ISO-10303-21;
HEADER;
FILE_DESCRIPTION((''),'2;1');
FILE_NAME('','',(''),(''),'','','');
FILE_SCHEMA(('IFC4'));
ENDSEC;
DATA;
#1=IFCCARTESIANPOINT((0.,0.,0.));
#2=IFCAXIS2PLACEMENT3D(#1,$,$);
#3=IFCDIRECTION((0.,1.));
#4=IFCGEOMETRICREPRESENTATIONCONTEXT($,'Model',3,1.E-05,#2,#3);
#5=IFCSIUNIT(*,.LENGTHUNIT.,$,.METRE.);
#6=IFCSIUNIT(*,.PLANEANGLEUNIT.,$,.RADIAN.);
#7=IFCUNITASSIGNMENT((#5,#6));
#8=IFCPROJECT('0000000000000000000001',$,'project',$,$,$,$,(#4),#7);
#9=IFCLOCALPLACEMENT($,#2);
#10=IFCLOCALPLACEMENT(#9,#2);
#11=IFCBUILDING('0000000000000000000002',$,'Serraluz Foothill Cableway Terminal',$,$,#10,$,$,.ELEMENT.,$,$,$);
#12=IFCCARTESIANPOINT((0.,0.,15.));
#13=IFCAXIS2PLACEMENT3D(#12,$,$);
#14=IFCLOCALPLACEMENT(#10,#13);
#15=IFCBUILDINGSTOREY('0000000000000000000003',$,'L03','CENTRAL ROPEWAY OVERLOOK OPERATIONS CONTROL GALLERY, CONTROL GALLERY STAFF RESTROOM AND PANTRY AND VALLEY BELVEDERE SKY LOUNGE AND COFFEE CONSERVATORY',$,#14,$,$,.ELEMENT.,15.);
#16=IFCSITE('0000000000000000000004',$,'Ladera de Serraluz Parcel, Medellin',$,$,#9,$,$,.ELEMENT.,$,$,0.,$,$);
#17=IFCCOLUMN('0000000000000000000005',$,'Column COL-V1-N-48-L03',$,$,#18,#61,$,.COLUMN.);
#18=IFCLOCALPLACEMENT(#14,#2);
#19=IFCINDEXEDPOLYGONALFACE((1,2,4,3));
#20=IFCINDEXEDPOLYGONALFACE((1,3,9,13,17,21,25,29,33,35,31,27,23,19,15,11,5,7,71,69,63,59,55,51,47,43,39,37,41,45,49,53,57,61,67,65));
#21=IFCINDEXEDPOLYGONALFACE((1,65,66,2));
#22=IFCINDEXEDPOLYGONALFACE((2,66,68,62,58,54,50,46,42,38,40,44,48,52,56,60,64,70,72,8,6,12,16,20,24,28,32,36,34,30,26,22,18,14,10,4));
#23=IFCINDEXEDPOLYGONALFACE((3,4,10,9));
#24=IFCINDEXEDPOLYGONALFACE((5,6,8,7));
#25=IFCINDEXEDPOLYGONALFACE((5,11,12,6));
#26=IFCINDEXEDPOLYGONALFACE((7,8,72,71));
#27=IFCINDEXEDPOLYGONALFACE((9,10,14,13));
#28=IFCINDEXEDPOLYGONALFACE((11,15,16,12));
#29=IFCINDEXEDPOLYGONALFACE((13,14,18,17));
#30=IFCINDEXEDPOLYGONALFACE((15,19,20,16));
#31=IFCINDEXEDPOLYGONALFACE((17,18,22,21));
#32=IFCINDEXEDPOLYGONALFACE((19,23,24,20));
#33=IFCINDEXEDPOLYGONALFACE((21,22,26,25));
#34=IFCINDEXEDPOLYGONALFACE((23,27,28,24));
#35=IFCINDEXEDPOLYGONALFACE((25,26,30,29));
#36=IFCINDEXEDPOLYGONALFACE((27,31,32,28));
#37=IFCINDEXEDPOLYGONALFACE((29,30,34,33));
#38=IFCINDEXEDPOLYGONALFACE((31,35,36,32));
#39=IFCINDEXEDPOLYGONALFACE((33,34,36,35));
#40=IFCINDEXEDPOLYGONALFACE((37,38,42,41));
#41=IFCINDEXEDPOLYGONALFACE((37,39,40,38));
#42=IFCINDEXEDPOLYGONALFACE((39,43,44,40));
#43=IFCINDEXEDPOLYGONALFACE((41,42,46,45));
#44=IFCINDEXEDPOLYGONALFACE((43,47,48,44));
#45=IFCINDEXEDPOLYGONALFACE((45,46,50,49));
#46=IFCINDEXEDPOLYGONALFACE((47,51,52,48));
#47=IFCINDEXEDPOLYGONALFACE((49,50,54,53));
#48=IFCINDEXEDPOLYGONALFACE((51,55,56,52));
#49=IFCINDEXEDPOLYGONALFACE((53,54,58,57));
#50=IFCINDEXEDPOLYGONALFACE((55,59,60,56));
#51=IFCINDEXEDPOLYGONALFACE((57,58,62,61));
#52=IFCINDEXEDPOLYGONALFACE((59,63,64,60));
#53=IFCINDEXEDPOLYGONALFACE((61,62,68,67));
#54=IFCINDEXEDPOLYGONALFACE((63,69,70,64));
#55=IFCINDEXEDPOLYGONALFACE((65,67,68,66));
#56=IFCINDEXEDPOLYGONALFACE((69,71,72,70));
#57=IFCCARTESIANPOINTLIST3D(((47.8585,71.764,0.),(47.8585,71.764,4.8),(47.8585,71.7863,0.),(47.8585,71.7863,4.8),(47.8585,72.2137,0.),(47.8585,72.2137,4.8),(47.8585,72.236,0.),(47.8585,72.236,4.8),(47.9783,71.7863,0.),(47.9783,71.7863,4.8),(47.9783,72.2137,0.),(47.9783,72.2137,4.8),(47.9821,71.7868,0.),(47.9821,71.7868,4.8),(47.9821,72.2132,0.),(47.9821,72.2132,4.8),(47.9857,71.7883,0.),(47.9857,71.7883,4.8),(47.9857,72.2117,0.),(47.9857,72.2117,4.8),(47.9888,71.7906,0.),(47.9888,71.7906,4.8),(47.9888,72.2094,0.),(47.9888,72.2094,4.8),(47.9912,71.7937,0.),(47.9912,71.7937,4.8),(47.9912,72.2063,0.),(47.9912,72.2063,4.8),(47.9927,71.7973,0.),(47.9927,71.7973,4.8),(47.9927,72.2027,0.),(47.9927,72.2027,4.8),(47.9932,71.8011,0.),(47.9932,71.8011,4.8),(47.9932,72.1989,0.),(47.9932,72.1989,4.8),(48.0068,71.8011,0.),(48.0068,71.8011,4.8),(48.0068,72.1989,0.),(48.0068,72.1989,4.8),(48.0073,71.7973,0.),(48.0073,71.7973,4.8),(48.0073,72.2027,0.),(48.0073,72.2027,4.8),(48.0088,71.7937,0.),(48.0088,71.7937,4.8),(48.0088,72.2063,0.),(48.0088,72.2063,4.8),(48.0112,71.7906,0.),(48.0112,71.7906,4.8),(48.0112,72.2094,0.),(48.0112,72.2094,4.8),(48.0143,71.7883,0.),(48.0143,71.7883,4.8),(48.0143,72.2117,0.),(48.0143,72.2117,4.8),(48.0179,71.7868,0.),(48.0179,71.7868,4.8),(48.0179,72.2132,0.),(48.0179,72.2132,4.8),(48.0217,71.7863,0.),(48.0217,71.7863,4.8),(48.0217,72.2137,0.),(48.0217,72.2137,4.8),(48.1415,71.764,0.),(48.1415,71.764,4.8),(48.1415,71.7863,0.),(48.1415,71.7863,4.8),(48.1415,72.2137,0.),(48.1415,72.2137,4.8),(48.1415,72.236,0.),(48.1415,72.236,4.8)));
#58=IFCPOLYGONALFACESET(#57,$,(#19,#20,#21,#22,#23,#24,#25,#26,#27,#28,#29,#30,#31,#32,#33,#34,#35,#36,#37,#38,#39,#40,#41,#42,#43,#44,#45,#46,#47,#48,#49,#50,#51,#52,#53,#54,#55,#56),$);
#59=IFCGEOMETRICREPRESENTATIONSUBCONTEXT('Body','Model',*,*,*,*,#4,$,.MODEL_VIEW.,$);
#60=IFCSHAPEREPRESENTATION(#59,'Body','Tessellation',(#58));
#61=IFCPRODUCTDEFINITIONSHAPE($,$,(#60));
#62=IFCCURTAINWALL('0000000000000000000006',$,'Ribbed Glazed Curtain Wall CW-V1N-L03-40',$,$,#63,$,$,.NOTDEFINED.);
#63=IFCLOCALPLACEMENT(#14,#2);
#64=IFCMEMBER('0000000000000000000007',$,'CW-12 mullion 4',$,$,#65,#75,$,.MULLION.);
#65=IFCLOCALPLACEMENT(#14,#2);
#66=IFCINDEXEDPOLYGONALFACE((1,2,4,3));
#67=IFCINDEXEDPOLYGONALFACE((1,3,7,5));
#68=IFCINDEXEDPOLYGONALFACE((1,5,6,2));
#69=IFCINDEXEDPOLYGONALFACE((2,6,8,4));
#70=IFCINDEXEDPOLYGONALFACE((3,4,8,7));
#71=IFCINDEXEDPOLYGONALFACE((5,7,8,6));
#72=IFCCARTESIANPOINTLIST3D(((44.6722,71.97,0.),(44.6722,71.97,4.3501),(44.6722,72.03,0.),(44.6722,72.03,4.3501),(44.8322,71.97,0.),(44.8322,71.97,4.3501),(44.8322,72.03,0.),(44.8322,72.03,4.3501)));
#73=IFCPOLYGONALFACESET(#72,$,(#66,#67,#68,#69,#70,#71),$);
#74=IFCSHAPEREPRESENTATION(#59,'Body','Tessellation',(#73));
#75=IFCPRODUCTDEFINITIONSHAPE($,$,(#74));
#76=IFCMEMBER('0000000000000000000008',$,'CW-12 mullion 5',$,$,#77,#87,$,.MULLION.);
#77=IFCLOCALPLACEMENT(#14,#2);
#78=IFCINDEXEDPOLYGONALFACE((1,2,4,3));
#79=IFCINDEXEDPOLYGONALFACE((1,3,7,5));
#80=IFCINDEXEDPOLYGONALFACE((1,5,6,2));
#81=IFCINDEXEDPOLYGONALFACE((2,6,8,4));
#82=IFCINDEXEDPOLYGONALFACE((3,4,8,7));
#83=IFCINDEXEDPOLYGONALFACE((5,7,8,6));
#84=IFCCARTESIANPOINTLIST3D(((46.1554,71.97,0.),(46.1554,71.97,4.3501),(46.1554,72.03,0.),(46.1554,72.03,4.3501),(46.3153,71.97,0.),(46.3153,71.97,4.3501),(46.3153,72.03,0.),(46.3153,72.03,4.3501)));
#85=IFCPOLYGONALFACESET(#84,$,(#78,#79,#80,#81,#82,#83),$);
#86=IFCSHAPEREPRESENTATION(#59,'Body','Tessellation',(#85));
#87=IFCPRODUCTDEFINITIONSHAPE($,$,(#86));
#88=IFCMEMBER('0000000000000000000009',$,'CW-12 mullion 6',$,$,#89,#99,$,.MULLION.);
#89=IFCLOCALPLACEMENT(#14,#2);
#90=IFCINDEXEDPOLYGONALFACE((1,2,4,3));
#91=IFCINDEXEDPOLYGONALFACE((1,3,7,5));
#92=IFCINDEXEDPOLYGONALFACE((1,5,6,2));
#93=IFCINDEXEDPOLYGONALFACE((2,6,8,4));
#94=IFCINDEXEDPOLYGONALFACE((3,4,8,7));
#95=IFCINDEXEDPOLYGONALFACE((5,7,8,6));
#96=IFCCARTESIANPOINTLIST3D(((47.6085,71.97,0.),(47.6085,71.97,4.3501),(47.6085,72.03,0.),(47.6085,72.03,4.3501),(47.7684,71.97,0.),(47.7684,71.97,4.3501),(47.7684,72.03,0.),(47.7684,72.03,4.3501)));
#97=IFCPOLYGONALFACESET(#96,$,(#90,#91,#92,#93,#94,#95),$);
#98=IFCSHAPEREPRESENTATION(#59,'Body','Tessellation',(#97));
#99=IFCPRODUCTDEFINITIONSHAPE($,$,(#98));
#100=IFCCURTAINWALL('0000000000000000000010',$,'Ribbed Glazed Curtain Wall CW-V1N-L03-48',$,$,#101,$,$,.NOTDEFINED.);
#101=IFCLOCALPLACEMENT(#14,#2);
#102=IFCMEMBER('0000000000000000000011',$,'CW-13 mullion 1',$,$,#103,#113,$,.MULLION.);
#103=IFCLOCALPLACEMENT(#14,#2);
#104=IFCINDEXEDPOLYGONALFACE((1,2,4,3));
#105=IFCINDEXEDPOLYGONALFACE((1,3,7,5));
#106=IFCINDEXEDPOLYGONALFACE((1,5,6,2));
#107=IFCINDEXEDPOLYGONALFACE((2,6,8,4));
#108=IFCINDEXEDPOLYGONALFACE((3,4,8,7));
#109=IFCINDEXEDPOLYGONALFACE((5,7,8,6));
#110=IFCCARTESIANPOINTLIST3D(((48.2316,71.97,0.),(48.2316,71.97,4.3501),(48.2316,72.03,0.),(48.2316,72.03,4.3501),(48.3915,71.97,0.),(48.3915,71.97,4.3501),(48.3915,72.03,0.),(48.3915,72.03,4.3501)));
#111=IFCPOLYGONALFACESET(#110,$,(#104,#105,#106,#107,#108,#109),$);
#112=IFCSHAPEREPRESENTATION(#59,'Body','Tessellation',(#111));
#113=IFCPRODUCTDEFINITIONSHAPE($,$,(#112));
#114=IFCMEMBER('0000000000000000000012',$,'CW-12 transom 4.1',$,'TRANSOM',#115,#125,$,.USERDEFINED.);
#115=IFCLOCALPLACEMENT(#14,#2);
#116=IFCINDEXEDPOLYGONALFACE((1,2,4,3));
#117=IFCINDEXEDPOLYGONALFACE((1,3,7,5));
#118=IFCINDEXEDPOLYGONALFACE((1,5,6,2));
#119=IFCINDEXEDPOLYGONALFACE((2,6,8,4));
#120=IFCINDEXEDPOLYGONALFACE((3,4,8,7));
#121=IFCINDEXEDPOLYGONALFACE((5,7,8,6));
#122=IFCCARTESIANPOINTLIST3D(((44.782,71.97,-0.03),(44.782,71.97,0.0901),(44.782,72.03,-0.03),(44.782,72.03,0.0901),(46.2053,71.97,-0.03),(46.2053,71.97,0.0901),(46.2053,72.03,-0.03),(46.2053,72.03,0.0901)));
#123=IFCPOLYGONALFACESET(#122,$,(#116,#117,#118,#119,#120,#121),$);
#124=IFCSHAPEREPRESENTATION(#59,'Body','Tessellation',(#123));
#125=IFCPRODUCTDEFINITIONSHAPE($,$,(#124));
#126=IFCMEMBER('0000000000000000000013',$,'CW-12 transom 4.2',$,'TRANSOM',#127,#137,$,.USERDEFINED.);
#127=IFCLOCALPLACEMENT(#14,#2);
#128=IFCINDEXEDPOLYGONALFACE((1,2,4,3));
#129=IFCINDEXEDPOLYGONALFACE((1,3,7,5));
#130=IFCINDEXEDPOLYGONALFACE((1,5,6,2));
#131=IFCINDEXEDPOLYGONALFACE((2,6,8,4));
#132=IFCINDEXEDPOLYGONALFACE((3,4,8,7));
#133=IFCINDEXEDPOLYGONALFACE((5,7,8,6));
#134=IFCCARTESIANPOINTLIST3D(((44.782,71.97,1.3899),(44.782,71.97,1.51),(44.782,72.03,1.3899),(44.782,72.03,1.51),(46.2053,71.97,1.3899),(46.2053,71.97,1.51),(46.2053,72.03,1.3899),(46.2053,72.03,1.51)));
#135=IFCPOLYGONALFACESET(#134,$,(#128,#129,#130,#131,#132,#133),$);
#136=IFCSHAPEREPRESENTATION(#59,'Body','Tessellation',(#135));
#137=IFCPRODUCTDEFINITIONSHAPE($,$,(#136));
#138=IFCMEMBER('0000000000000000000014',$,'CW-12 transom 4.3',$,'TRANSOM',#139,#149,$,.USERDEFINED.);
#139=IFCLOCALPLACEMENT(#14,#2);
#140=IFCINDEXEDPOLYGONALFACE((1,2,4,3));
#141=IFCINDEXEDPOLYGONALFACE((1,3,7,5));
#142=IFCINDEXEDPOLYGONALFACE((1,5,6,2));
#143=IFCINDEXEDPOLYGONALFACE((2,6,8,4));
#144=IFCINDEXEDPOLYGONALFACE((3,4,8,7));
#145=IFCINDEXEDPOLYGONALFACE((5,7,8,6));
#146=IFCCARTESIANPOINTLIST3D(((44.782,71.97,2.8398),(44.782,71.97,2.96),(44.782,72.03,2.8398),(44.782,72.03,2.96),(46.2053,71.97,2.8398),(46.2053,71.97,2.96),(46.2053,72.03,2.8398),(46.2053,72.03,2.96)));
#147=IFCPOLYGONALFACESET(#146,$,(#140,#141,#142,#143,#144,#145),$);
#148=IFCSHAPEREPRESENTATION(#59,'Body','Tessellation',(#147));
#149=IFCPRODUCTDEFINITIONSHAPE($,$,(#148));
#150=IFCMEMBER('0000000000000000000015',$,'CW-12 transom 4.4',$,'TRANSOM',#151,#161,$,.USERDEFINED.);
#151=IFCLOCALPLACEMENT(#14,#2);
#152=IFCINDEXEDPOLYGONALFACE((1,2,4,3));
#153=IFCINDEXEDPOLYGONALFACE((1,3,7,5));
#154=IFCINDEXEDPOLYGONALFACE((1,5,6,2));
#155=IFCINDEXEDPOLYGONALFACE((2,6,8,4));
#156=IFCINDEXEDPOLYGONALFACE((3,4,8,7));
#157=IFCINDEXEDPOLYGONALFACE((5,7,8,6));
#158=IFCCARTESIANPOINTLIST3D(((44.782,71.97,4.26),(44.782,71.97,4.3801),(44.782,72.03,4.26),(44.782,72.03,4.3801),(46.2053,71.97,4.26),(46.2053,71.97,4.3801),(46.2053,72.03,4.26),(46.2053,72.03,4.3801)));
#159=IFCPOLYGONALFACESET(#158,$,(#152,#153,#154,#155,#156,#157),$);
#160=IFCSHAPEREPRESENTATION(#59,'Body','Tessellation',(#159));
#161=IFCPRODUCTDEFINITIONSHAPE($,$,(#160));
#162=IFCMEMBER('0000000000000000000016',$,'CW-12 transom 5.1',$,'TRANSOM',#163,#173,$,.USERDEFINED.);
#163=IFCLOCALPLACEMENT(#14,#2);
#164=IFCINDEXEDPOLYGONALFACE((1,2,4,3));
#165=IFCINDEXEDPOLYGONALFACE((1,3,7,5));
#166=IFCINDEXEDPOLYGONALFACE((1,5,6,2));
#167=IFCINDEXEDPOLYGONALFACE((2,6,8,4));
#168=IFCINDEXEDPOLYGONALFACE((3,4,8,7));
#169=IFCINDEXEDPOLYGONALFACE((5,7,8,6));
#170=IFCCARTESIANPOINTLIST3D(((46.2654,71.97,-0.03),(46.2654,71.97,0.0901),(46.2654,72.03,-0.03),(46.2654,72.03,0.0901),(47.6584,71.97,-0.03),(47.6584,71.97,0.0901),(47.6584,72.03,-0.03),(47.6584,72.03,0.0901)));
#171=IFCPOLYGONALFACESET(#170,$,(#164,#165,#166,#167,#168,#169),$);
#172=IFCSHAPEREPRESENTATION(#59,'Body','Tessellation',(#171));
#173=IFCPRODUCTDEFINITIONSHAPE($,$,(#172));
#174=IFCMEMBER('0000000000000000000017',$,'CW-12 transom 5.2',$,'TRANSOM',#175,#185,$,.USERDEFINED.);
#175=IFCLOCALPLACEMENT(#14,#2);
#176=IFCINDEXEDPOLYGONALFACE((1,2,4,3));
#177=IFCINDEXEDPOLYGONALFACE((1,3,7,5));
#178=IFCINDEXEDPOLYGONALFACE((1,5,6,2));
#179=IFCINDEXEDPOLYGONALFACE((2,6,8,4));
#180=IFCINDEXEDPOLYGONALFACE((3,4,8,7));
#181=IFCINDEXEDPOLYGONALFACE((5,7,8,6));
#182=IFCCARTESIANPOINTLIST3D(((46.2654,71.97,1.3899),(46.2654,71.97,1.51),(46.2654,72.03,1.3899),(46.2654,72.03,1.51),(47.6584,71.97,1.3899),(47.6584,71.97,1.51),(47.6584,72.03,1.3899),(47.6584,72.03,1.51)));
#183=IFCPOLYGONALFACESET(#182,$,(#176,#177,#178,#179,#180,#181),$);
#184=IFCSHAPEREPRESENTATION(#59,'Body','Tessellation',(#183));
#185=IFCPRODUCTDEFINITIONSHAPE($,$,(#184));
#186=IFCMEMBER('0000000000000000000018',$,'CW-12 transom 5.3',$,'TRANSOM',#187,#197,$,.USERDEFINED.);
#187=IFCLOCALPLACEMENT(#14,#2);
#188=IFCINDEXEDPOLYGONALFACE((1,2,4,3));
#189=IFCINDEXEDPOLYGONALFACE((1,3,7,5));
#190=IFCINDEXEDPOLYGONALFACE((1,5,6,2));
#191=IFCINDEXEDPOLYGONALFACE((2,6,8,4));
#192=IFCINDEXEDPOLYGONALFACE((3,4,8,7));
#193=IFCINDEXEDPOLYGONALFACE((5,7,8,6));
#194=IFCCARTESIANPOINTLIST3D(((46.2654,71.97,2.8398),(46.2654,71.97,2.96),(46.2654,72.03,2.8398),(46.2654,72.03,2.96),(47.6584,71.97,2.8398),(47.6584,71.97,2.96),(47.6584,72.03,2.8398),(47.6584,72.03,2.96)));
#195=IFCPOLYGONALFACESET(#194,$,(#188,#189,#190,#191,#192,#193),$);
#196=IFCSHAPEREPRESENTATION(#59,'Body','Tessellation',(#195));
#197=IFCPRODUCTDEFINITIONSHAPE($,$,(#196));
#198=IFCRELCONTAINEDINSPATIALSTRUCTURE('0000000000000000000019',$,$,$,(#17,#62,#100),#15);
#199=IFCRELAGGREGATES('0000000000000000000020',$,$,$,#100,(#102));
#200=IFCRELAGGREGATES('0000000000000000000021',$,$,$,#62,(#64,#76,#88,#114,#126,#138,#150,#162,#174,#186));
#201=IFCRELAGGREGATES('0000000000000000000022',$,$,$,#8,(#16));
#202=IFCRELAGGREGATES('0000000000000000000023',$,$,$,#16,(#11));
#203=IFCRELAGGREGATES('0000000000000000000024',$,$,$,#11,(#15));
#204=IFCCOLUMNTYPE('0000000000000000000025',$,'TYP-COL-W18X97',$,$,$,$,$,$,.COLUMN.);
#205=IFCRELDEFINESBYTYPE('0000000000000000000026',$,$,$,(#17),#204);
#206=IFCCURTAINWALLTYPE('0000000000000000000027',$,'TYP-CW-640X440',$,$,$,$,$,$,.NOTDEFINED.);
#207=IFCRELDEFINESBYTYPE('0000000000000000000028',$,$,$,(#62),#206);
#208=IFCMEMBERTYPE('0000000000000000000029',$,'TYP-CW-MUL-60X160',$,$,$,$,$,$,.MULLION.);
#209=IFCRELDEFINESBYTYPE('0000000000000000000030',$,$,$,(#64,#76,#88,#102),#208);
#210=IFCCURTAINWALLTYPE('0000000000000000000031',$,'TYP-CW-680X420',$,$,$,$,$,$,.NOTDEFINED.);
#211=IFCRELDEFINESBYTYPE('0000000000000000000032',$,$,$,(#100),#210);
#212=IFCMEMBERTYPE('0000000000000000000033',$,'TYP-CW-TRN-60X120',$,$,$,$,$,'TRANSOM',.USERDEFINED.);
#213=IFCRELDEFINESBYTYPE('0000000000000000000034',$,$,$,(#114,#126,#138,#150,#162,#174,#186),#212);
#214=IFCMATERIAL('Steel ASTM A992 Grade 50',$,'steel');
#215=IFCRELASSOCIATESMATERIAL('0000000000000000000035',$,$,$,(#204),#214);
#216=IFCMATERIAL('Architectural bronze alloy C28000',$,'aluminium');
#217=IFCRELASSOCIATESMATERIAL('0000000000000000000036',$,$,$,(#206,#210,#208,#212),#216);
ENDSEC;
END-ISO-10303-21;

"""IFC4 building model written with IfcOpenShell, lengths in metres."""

from ifc_helpers import new_model, si_unit, direction, frame, origin, origin_2d, place, context, subcontext, project, spatial, rectangle, i_section, extrude, material, material_profile, profile_set, type_object, element, aggregate, save


model = new_model("IFC4")

# Units and contexts
model_context = context("Model", 3, precision=1e-05, world=origin(), true_north=direction((0.0, 1.0)))
body_context = subcontext(model_context, "Body", "Model", "MODEL_VIEW")
ifc_project = project(units=[si_unit("LENGTHUNIT", "METRE"), si_unit("PLANEANGLEUNIT", "RADIAN")], contexts=[model_context])

# Site, building, storey
site_placement = place(None, origin())
site = spatial("IfcSite", under=ifc_project, at=site_placement, Name="Ladera de Serraluz Parcel, Medellin", CompositionType="ELEMENT", RefElevation=0.0)
building_placement = place(site_placement, origin())
building = spatial("IfcBuilding", under=site, at=building_placement, Name="Serraluz Foothill Cableway Terminal", CompositionType="ELEMENT")
storey_placement = place(building_placement, frame((0.0, 0.0, 15.0)))
storey = spatial("IfcBuildingStorey", under=building, at=storey_placement, Name="L03", Description="CENTRAL ROPEWAY OVERLOOK OPERATIONS CONTROL GALLERY, CONTROL GALLERY STAFF RESTROOM AND PANTRY AND VALLEY BELVEDERE SKY LOUNGE AND COFFEE CONSERVATORY", CompositionType="ELEMENT", Elevation=15.0)

# Column
ifc_material_1 = material(Name="Steel ASTM A992 Grade 50", Category="steel")
ifc_material_profile_1 = material_profile(ifc_material_1, i_section(OverallWidth=0.283, OverallDepth=0.4719, WebThickness=0.0137, FlangeThickness=0.0222, FilletRadius=0.0149, at=origin_2d()), Name="W18X97")
ifc_profile_set_1 = profile_set([ifc_material_profile_1], Name="Steel ASTM A992 Grade 50")
column_type = type_object("IfcColumnType", Name="TYP-COL-W18X97", PredefinedType="COLUMN", material=ifc_profile_set_1)
column_placement = place(storey_placement, frame((48.0, 72.0, 0.0), z_axis=(0.0, 0.0, 1.0), x_axis=(1.0, 0.0, 0.0)))
element("IfcColumn", 1, at=column_placement, inside=storey, type_object=column_type, Name="Column COL-V1-N-48-L03", PredefinedType="COLUMN", context=body_context, shape_type="SweptSolid", body=[
    extrude(i_section(OverallWidth=0.283, OverallDepth=0.4719, WebThickness=0.0137, FlangeThickness=0.0222, FilletRadius=0.0149, at=origin_2d()), origin(), (0.0, 0.0, 1.0), 4.8),
])

# Curtain wall, members
ifc_material_2 = material(Name="Architectural bronze alloy C28000", Category="aluminium")
curtain_wall_type_1 = type_object("IfcCurtainWallType", Name="TYP-CW-640X440", PredefinedType="NOTDEFINED", material=ifc_material_2)
curtain_wall_1_placement = place(storey_placement, origin())
curtain_wall_1 = element("IfcCurtainWall", 2, at=curtain_wall_1_placement, inside=storey, type_object=curtain_wall_type_1, Name="Ribbed Glazed Curtain Wall CW-V1N-L03-40", PredefinedType="NOTDEFINED")
ifc_material_profile_2 = material_profile(ifc_material_2, rectangle(XDim=0.0601, YDim=0.1599, at=origin_2d()), Name="ALU MULLION 60x160")
ifc_profile_set_2 = profile_set([ifc_material_profile_2], Name="Architectural bronze alloy C28000")
member_type_1 = type_object("IfcMemberType", Name="TYP-CW-MUL-60X160", PredefinedType="MULLION", material=ifc_profile_set_2)
member_1_placement = place(storey_placement, frame((44.7522, 72.0, 0.0), z_axis=(0.0, 0.0, 1.0), x_axis=(0.0, 1.0, 0.0)))
member_1 = element("IfcMember", 3, at=member_1_placement, type_object=member_type_1, Name="CW-12 mullion 4", PredefinedType="MULLION", context=body_context, shape_type="SweptSolid", body=[
    extrude(rectangle(XDim=0.0601, YDim=0.1599, at=origin_2d()), origin(), (0.0, 0.0, 1.0), 4.3501),
])
member_2_placement = place(storey_placement, frame((46.2354, 72.0, 0.0), z_axis=(0.0, 0.0, 1.0), x_axis=(0.0, 1.0, 0.0)))
member_2 = element("IfcMember", 4, at=member_2_placement, type_object=member_type_1, Name="CW-12 mullion 5", PredefinedType="MULLION", context=body_context, shape_type="SweptSolid", body=[
    extrude(rectangle(XDim=0.0601, YDim=0.1599, at=origin_2d()), origin(), (0.0, 0.0, 1.0), 4.3501),
])
member_3_placement = place(storey_placement, frame((47.6885, 72.0, 0.0), z_axis=(0.0, 0.0, 1.0), x_axis=(0.0, 1.0, 0.0)))
member_3 = element("IfcMember", 5, at=member_3_placement, type_object=member_type_1, Name="CW-12 mullion 6", PredefinedType="MULLION", context=body_context, shape_type="SweptSolid", body=[
    extrude(rectangle(XDim=0.0601, YDim=0.1599, at=origin_2d()), origin(), (0.0, 0.0, 1.0), 4.3501),
])

# Curtain wall, member
curtain_wall_type_2 = type_object("IfcCurtainWallType", Name="TYP-CW-680X420", PredefinedType="NOTDEFINED", material=ifc_material_2)
curtain_wall_2_placement = place(storey_placement, origin())
curtain_wall_2 = element("IfcCurtainWall", 6, at=curtain_wall_2_placement, inside=storey, type_object=curtain_wall_type_2, Name="Ribbed Glazed Curtain Wall CW-V1N-L03-48", PredefinedType="NOTDEFINED")
member_4_placement = place(storey_placement, frame((48.3115, 72.0, 0.0), z_axis=(0.0, 0.0, 1.0), x_axis=(0.0, 1.0, 0.0)))
member_4 = element("IfcMember", 7, at=member_4_placement, type_object=member_type_1, Name="CW-13 mullion 1", PredefinedType="MULLION", context=body_context, shape_type="SweptSolid", body=[
    extrude(rectangle(XDim=0.0601, YDim=0.1599, at=origin_2d()), origin(), (0.0, 0.0, 1.0), 4.3501),
])

# Members
ifc_material_profile_3 = material_profile(ifc_material_2, rectangle(XDim=0.0601, YDim=0.1201, at=origin_2d()), Name="ALU TRANSOM 60x120")
ifc_profile_set_3 = profile_set([ifc_material_profile_3], Name="Architectural bronze alloy C28000")
member_type_2 = type_object("IfcMemberType", Name="TYP-CW-TRN-60X120", ElementType="TRANSOM", PredefinedType="USERDEFINED", material=ifc_profile_set_3)
member_5_placement = place(storey_placement, frame((44.782, 72.0, 0.03), z_axis=(1.0, 0.0, 0.0), x_axis=(0.0, 1.0, 0.0)))
member_5 = element("IfcMember", 8, at=member_5_placement, type_object=member_type_2, Name="CW-12 transom 4.1", ObjectType="TRANSOM", PredefinedType="USERDEFINED", context=body_context, shape_type="SweptSolid", body=[
    extrude(rectangle(XDim=0.0601, YDim=0.1201, at=origin_2d()), origin(), (0.0, 0.0, 1.0), 1.4233),
])
member_6_placement = place(storey_placement, frame((44.782, 72.0, 1.45), z_axis=(1.0, 0.0, 0.0), x_axis=(0.0, 1.0, 0.0)))
member_6 = element("IfcMember", 9, at=member_6_placement, type_object=member_type_2, Name="CW-12 transom 4.2", ObjectType="TRANSOM", PredefinedType="USERDEFINED", context=body_context, shape_type="SweptSolid", body=[
    extrude(rectangle(XDim=0.0601, YDim=0.1201, at=origin_2d()), origin(), (0.0, 0.0, 1.0), 1.4233),
])
member_7_placement = place(storey_placement, frame((44.782, 72.0, 2.8999), z_axis=(1.0, 0.0, 0.0), x_axis=(0.0, 1.0, 0.0)))
member_7 = element("IfcMember", 10, at=member_7_placement, type_object=member_type_2, Name="CW-12 transom 4.3", ObjectType="TRANSOM", PredefinedType="USERDEFINED", context=body_context, shape_type="SweptSolid", body=[
    extrude(rectangle(XDim=0.0601, YDim=0.1201, at=origin_2d()), origin(), (0.0, 0.0, 1.0), 1.4233),
])
member_8_placement = place(storey_placement, frame((44.782, 72.0, 4.3201), z_axis=(1.0, 0.0, 0.0), x_axis=(0.0, 1.0, 0.0)))
member_8 = element("IfcMember", 11, at=member_8_placement, type_object=member_type_2, Name="CW-12 transom 4.4", ObjectType="TRANSOM", PredefinedType="USERDEFINED", context=body_context, shape_type="SweptSolid", body=[
    extrude(rectangle(XDim=0.0601, YDim=0.1201, at=origin_2d()), origin(), (0.0, 0.0, 1.0), 1.4233),
])
member_9_placement = place(storey_placement, frame((46.2654, 72.0, 0.03), z_axis=(1.0, 0.0, 0.0), x_axis=(0.0, 1.0, 0.0)))
member_9 = element("IfcMember", 12, at=member_9_placement, type_object=member_type_2, Name="CW-12 transom 5.1", ObjectType="TRANSOM", PredefinedType="USERDEFINED", context=body_context, shape_type="SweptSolid", body=[
    extrude(rectangle(XDim=0.0601, YDim=0.1201, at=origin_2d()), origin(), (0.0, 0.0, 1.0), 1.3931),
])
member_10_placement = place(storey_placement, frame((46.2654, 72.0, 1.45), z_axis=(1.0, 0.0, 0.0), x_axis=(0.0, 1.0, 0.0)))
member_10 = element("IfcMember", 13, at=member_10_placement, type_object=member_type_2, Name="CW-12 transom 5.2", ObjectType="TRANSOM", PredefinedType="USERDEFINED", context=body_context, shape_type="SweptSolid", body=[
    extrude(rectangle(XDim=0.0601, YDim=0.1201, at=origin_2d()), origin(), (0.0, 0.0, 1.0), 1.3931),
])
member_11_placement = place(storey_placement, frame((46.2654, 72.0, 2.8999), z_axis=(1.0, 0.0, 0.0), x_axis=(0.0, 1.0, 0.0)))
member_11 = element("IfcMember", 14, at=member_11_placement, type_object=member_type_2, Name="CW-12 transom 5.3", ObjectType="TRANSOM", PredefinedType="USERDEFINED", context=body_context, shape_type="SweptSolid", body=[
    extrude(rectangle(XDim=0.0601, YDim=0.1201, at=origin_2d()), origin(), (0.0, 0.0, 1.0), 1.3931),
])
aggregate(curtain_wall_2, [member_4])

aggregate(curtain_wall_1, [member_1, member_2, member_3, member_5, member_6, member_7, member_8, member_9, member_10, member_11])

save(model, "model.ifc")
